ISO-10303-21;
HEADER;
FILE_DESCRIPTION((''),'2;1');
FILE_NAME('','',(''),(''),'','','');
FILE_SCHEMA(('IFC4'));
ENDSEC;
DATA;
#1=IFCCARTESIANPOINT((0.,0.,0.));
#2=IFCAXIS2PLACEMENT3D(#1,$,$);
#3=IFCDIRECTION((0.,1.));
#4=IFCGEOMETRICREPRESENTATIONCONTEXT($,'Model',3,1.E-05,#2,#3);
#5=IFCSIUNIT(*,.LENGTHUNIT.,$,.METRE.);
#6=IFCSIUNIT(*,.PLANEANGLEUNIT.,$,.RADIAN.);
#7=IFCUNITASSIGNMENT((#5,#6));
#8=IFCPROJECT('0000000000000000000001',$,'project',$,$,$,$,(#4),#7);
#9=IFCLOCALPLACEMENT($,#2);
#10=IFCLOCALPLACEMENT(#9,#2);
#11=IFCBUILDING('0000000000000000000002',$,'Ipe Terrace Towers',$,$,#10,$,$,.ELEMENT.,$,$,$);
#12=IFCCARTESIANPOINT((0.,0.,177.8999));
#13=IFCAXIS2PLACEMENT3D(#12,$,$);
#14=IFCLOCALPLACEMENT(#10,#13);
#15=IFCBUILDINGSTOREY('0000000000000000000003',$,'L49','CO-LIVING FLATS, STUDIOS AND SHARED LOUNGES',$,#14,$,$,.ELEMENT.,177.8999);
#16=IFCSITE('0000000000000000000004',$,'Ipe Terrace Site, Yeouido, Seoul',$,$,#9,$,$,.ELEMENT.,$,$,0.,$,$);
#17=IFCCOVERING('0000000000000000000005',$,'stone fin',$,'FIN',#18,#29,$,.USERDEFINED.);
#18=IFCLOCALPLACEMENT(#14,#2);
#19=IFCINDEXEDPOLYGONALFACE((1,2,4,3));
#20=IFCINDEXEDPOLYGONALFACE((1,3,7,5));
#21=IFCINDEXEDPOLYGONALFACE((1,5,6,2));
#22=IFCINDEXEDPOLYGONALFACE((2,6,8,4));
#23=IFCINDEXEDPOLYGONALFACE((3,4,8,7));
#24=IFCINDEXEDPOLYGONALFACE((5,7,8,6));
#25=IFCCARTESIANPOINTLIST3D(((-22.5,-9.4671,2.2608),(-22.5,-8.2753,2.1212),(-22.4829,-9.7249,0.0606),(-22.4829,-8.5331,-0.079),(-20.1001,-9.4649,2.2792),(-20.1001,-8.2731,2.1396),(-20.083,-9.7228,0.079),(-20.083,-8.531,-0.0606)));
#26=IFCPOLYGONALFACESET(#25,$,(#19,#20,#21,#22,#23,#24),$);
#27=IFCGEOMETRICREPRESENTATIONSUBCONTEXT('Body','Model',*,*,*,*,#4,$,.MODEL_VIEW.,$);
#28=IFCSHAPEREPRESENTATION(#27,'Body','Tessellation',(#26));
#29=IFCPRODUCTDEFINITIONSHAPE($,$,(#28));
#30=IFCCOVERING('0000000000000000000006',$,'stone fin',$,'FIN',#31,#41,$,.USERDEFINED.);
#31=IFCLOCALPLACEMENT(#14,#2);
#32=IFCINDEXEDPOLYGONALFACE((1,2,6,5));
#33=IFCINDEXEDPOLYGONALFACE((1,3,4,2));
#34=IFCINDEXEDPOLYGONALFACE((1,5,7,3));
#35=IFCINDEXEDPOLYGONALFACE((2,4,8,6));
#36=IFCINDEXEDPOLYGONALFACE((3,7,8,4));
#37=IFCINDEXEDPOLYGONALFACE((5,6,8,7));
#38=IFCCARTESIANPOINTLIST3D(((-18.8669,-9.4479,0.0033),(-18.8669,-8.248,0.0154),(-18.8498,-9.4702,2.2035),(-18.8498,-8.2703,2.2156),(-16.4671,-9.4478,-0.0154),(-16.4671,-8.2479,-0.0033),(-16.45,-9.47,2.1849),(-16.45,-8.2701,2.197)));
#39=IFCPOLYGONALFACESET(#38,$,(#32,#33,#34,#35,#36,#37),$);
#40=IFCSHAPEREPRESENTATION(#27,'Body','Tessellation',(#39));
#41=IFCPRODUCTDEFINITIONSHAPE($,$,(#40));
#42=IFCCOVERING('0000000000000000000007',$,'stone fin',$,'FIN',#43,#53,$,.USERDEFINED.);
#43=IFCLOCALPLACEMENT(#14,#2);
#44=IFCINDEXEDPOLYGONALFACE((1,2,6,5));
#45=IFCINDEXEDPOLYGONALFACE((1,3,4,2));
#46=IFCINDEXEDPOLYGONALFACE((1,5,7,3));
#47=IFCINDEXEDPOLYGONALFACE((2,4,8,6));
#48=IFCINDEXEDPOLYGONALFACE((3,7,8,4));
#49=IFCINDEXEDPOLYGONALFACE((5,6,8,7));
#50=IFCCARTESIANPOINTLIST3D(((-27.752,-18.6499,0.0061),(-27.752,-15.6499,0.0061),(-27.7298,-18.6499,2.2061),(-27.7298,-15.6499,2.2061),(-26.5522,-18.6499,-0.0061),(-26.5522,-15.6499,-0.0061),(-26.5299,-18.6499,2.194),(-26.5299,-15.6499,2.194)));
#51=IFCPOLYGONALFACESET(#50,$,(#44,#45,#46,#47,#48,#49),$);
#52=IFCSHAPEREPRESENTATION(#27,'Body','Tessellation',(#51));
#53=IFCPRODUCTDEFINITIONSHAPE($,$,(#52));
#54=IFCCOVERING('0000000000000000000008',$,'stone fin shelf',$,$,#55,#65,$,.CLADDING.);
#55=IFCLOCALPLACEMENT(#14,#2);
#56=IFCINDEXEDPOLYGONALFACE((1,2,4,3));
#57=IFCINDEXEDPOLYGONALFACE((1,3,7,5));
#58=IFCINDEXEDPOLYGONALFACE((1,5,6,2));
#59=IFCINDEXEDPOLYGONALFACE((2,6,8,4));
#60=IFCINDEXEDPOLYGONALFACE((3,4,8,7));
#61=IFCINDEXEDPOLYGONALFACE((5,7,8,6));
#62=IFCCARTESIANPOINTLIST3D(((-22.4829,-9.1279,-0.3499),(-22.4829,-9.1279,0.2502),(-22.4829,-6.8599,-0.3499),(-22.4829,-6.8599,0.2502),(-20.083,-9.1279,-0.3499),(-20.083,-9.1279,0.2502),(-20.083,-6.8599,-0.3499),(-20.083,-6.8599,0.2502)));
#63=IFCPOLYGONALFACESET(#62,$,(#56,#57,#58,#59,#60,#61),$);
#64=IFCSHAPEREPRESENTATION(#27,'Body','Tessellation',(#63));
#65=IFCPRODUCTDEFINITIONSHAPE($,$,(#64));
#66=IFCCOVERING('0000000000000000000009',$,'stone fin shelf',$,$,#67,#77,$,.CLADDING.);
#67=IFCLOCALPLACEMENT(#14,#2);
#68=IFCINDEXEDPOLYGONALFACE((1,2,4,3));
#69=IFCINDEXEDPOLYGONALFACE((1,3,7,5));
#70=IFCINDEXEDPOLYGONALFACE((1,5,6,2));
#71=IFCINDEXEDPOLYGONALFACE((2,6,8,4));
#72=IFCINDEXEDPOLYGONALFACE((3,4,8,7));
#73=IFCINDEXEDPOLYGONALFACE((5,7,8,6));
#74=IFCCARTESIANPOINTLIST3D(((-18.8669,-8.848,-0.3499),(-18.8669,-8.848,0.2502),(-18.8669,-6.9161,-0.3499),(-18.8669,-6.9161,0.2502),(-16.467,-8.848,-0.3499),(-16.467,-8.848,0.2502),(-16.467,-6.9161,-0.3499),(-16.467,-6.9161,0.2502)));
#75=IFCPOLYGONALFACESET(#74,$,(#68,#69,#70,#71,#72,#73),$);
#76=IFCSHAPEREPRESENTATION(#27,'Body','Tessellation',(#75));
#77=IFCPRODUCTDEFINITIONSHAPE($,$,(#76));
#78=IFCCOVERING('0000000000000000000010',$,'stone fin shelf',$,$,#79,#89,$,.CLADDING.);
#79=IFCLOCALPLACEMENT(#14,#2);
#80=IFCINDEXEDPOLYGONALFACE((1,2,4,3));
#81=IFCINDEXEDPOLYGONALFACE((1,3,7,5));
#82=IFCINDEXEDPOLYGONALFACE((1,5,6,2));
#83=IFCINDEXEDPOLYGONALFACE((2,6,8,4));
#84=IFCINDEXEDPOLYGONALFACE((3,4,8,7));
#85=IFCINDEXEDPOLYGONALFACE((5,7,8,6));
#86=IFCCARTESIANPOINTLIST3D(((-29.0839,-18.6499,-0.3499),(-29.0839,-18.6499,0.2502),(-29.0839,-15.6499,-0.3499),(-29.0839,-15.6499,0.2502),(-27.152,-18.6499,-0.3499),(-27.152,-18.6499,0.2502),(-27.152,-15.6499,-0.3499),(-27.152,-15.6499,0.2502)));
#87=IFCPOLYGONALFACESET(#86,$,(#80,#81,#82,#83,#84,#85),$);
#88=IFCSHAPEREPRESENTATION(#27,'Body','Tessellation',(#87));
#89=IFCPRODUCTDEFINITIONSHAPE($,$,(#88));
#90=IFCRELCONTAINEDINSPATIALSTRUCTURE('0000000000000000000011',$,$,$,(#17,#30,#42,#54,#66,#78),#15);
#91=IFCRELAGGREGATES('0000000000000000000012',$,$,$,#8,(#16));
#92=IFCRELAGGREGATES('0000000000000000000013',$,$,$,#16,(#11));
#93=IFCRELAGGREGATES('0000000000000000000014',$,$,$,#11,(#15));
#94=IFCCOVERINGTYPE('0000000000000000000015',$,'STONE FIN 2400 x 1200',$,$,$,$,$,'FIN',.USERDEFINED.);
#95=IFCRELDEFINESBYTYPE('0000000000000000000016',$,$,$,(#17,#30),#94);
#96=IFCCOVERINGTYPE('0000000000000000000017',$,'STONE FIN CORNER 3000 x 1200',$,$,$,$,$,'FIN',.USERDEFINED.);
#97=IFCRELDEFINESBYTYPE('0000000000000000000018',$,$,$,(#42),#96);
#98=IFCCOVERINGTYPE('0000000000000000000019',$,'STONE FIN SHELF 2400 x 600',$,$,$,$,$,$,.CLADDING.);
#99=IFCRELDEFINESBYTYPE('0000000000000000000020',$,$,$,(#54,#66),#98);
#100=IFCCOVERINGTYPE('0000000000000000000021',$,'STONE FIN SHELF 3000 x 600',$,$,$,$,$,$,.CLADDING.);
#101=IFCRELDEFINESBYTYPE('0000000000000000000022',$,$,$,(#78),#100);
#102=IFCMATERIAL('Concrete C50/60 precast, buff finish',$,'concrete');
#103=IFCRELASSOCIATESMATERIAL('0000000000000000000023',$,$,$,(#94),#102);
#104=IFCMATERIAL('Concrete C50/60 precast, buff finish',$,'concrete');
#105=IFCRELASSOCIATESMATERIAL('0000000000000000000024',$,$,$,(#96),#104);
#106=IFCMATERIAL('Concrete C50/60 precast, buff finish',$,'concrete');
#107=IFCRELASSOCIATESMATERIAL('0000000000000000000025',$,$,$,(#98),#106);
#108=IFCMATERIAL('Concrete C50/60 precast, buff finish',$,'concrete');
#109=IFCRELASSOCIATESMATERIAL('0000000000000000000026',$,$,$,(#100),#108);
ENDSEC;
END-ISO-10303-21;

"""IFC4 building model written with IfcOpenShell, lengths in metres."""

from ifc_helpers import new_model, si_unit, direction, frame, origin, origin_2d, place, context, subcontext, project, spatial, rectangle, extrude, material, material_profile, profile_set, type_object, element, save


model = new_model("IFC4")

# Units and contexts
model_context = context("Model", 3, precision=1e-05, world=origin(), true_north=direction((0.0, 1.0)))
body_context = subcontext(model_context, "Body", "Model", "MODEL_VIEW")
ifc_project = project(units=[si_unit("LENGTHUNIT", "METRE"), si_unit("PLANEANGLEUNIT", "RADIAN")], contexts=[model_context])

# Site, building, storey
site_placement = place(None, origin())
site = spatial("IfcSite", under=ifc_project, at=site_placement, Name="Ipe Terrace Site, Yeouido, Seoul", CompositionType="ELEMENT", RefElevation=0.0)
building_placement = place(site_placement, origin())
building = spatial("IfcBuilding", under=site, at=building_placement, Name="Ipe Terrace Towers", CompositionType="ELEMENT")
storey_placement = place(building_placement, frame((0.0, 0.0, 177.8999)))
storey = spatial("IfcBuildingStorey", under=building, at=storey_placement, Name="L49", Description="CO-LIVING FLATS, STUDIOS AND SHARED LOUNGES", CompositionType="ELEMENT", Elevation=177.8999)

# Coverings
ifc_material_1 = material(Name="Concrete C50/60 precast, buff finish", Category="concrete")
ifc_material_profile_1 = material_profile(ifc_material_1, rectangle(XDim=2.3999, YDim=1.2, at=origin_2d()), Name="STONE FIN 2400 x 1200")
ifc_profile_set_1 = profile_set([ifc_material_profile_1], Name="Concrete C50/60 precast, buff finish")
covering_type_1 = type_object("IfcCoveringType", Name="STONE FIN 2400 x 1200", ElementType="FIN", PredefinedType="USERDEFINED", material=ifc_profile_set_1)
covering_1_placement = place(storey_placement, frame((-21.283, -9.1279, 0.0), z_axis=(-0.007714, 0.116377, 0.993175), x_axis=(0.99997, 0.000898, 0.007662)))
element("IfcCovering", 1, at=covering_1_placement, inside=storey, type_object=covering_type_1, Name="stone fin", ObjectType="FIN", PredefinedType="USERDEFINED", context=body_context, shape_type="SweptSolid", body=[
    extrude(rectangle(XDim=2.3999, YDim=1.2, at=origin_2d()), origin(), (0.0, 0.0, 1.0), 2.2153),
])
covering_2_placement = place(storey_placement, frame((-17.667, -8.8479, 0.0), z_axis=(0.007767, -0.010097, 0.999919), x_axis=(0.99997, 0.000078, -0.007766)))
element("IfcCovering", 2, at=covering_2_placement, inside=storey, type_object=covering_type_1, Name="stone fin", ObjectType="FIN", PredefinedType="USERDEFINED", context=body_context, shape_type="SweptSolid", body=[
    extrude(rectangle(XDim=2.3999, YDim=1.2, at=origin_2d()), origin(), (0.0, 0.0, 1.0), 2.2004),
])
ifc_material_2 = material(Name="Concrete C50/60 precast, buff finish", Category="concrete")
ifc_material_profile_2 = material_profile(ifc_material_2, rectangle(XDim=3.0, YDim=1.2, at=origin_2d()), Name="STONE FIN CORNER 3000 x 1200")
ifc_profile_set_2 = profile_set([ifc_material_profile_2], Name="Concrete C50/60 precast, buff finish")
covering_type_2 = type_object("IfcCoveringType", Name="STONE FIN CORNER 3000 x 1200", ElementType="FIN", PredefinedType="USERDEFINED", material=ifc_profile_set_2)
covering_3_placement = place(storey_placement, frame((-27.1521, -17.1499, 0.0), z_axis=(0.010097, 0.0, 0.999949), x_axis=(0.0, 1.0, 0.0)))
element("IfcCovering", 3, at=covering_3_placement, inside=storey, type_object=covering_type_2, Name="stone fin", ObjectType="FIN", PredefinedType="USERDEFINED", context=body_context, shape_type="SweptSolid", body=[
    extrude(rectangle(XDim=3.0, YDim=1.2, at=origin_2d()), origin(), (0.0, 0.0, 1.0), 2.2002),
])
ifc_material_3 = material(Name="Concrete C50/60 precast, buff finish", Category="concrete")
covering_type_3 = type_object("IfcCoveringType", Name="STONE FIN SHELF 2400 x 600", PredefinedType="CLADDING", material=ifc_material_3)
covering_4_placement = place(storey_placement, frame((-21.283, -7.9939, -0.3499), z_axis=(0.0, 0.0, 1.0), x_axis=(1.0, 0.0, 0.0)))
element("IfcCovering", 4, at=covering_4_placement, inside=storey, type_object=covering_type_3, Name="stone fin shelf", PredefinedType="CLADDING", context=body_context, shape_type="SweptSolid", body=[
    extrude(rectangle(XDim=2.3999, YDim=2.2681, at=origin_2d()), origin(), (0.0, 0.0, 1.0), 0.6001),
])
covering_5_placement = place(storey_placement, frame((-17.667, -7.8821, -0.3499), z_axis=(0.0, 0.0, 1.0), x_axis=(1.0, 0.0, 0.0)))
element("IfcCovering", 5, at=covering_5_placement, inside=storey, type_object=covering_type_3, Name="stone fin shelf", PredefinedType="CLADDING", context=body_context, shape_type="SweptSolid", body=[
    extrude(rectangle(XDim=2.3999, YDim=1.9319, at=origin_2d()), origin(), (0.0, 0.0, 1.0), 0.6001),
])
ifc_material_4 = material(Name="Concrete C50/60 precast, buff finish", Category="concrete")
covering_type_4 = type_object("IfcCoveringType", Name="STONE FIN SHELF 3000 x 600", PredefinedType="CLADDING", material=ifc_material_4)
covering_6_placement = place(storey_placement, frame((-28.1179, -17.1499, -0.3499), z_axis=(0.0, 0.0, 1.0), x_axis=(0.0, 1.0, 0.0)))
element("IfcCovering", 6, at=covering_6_placement, inside=storey, type_object=covering_type_4, Name="stone fin shelf", PredefinedType="CLADDING", context=body_context, shape_type="SweptSolid", body=[
    extrude(rectangle(XDim=3.0, YDim=1.9319, at=origin_2d()), origin(), (0.0, 0.0, 1.0), 0.6001),
])

save(model, "model.ifc")
